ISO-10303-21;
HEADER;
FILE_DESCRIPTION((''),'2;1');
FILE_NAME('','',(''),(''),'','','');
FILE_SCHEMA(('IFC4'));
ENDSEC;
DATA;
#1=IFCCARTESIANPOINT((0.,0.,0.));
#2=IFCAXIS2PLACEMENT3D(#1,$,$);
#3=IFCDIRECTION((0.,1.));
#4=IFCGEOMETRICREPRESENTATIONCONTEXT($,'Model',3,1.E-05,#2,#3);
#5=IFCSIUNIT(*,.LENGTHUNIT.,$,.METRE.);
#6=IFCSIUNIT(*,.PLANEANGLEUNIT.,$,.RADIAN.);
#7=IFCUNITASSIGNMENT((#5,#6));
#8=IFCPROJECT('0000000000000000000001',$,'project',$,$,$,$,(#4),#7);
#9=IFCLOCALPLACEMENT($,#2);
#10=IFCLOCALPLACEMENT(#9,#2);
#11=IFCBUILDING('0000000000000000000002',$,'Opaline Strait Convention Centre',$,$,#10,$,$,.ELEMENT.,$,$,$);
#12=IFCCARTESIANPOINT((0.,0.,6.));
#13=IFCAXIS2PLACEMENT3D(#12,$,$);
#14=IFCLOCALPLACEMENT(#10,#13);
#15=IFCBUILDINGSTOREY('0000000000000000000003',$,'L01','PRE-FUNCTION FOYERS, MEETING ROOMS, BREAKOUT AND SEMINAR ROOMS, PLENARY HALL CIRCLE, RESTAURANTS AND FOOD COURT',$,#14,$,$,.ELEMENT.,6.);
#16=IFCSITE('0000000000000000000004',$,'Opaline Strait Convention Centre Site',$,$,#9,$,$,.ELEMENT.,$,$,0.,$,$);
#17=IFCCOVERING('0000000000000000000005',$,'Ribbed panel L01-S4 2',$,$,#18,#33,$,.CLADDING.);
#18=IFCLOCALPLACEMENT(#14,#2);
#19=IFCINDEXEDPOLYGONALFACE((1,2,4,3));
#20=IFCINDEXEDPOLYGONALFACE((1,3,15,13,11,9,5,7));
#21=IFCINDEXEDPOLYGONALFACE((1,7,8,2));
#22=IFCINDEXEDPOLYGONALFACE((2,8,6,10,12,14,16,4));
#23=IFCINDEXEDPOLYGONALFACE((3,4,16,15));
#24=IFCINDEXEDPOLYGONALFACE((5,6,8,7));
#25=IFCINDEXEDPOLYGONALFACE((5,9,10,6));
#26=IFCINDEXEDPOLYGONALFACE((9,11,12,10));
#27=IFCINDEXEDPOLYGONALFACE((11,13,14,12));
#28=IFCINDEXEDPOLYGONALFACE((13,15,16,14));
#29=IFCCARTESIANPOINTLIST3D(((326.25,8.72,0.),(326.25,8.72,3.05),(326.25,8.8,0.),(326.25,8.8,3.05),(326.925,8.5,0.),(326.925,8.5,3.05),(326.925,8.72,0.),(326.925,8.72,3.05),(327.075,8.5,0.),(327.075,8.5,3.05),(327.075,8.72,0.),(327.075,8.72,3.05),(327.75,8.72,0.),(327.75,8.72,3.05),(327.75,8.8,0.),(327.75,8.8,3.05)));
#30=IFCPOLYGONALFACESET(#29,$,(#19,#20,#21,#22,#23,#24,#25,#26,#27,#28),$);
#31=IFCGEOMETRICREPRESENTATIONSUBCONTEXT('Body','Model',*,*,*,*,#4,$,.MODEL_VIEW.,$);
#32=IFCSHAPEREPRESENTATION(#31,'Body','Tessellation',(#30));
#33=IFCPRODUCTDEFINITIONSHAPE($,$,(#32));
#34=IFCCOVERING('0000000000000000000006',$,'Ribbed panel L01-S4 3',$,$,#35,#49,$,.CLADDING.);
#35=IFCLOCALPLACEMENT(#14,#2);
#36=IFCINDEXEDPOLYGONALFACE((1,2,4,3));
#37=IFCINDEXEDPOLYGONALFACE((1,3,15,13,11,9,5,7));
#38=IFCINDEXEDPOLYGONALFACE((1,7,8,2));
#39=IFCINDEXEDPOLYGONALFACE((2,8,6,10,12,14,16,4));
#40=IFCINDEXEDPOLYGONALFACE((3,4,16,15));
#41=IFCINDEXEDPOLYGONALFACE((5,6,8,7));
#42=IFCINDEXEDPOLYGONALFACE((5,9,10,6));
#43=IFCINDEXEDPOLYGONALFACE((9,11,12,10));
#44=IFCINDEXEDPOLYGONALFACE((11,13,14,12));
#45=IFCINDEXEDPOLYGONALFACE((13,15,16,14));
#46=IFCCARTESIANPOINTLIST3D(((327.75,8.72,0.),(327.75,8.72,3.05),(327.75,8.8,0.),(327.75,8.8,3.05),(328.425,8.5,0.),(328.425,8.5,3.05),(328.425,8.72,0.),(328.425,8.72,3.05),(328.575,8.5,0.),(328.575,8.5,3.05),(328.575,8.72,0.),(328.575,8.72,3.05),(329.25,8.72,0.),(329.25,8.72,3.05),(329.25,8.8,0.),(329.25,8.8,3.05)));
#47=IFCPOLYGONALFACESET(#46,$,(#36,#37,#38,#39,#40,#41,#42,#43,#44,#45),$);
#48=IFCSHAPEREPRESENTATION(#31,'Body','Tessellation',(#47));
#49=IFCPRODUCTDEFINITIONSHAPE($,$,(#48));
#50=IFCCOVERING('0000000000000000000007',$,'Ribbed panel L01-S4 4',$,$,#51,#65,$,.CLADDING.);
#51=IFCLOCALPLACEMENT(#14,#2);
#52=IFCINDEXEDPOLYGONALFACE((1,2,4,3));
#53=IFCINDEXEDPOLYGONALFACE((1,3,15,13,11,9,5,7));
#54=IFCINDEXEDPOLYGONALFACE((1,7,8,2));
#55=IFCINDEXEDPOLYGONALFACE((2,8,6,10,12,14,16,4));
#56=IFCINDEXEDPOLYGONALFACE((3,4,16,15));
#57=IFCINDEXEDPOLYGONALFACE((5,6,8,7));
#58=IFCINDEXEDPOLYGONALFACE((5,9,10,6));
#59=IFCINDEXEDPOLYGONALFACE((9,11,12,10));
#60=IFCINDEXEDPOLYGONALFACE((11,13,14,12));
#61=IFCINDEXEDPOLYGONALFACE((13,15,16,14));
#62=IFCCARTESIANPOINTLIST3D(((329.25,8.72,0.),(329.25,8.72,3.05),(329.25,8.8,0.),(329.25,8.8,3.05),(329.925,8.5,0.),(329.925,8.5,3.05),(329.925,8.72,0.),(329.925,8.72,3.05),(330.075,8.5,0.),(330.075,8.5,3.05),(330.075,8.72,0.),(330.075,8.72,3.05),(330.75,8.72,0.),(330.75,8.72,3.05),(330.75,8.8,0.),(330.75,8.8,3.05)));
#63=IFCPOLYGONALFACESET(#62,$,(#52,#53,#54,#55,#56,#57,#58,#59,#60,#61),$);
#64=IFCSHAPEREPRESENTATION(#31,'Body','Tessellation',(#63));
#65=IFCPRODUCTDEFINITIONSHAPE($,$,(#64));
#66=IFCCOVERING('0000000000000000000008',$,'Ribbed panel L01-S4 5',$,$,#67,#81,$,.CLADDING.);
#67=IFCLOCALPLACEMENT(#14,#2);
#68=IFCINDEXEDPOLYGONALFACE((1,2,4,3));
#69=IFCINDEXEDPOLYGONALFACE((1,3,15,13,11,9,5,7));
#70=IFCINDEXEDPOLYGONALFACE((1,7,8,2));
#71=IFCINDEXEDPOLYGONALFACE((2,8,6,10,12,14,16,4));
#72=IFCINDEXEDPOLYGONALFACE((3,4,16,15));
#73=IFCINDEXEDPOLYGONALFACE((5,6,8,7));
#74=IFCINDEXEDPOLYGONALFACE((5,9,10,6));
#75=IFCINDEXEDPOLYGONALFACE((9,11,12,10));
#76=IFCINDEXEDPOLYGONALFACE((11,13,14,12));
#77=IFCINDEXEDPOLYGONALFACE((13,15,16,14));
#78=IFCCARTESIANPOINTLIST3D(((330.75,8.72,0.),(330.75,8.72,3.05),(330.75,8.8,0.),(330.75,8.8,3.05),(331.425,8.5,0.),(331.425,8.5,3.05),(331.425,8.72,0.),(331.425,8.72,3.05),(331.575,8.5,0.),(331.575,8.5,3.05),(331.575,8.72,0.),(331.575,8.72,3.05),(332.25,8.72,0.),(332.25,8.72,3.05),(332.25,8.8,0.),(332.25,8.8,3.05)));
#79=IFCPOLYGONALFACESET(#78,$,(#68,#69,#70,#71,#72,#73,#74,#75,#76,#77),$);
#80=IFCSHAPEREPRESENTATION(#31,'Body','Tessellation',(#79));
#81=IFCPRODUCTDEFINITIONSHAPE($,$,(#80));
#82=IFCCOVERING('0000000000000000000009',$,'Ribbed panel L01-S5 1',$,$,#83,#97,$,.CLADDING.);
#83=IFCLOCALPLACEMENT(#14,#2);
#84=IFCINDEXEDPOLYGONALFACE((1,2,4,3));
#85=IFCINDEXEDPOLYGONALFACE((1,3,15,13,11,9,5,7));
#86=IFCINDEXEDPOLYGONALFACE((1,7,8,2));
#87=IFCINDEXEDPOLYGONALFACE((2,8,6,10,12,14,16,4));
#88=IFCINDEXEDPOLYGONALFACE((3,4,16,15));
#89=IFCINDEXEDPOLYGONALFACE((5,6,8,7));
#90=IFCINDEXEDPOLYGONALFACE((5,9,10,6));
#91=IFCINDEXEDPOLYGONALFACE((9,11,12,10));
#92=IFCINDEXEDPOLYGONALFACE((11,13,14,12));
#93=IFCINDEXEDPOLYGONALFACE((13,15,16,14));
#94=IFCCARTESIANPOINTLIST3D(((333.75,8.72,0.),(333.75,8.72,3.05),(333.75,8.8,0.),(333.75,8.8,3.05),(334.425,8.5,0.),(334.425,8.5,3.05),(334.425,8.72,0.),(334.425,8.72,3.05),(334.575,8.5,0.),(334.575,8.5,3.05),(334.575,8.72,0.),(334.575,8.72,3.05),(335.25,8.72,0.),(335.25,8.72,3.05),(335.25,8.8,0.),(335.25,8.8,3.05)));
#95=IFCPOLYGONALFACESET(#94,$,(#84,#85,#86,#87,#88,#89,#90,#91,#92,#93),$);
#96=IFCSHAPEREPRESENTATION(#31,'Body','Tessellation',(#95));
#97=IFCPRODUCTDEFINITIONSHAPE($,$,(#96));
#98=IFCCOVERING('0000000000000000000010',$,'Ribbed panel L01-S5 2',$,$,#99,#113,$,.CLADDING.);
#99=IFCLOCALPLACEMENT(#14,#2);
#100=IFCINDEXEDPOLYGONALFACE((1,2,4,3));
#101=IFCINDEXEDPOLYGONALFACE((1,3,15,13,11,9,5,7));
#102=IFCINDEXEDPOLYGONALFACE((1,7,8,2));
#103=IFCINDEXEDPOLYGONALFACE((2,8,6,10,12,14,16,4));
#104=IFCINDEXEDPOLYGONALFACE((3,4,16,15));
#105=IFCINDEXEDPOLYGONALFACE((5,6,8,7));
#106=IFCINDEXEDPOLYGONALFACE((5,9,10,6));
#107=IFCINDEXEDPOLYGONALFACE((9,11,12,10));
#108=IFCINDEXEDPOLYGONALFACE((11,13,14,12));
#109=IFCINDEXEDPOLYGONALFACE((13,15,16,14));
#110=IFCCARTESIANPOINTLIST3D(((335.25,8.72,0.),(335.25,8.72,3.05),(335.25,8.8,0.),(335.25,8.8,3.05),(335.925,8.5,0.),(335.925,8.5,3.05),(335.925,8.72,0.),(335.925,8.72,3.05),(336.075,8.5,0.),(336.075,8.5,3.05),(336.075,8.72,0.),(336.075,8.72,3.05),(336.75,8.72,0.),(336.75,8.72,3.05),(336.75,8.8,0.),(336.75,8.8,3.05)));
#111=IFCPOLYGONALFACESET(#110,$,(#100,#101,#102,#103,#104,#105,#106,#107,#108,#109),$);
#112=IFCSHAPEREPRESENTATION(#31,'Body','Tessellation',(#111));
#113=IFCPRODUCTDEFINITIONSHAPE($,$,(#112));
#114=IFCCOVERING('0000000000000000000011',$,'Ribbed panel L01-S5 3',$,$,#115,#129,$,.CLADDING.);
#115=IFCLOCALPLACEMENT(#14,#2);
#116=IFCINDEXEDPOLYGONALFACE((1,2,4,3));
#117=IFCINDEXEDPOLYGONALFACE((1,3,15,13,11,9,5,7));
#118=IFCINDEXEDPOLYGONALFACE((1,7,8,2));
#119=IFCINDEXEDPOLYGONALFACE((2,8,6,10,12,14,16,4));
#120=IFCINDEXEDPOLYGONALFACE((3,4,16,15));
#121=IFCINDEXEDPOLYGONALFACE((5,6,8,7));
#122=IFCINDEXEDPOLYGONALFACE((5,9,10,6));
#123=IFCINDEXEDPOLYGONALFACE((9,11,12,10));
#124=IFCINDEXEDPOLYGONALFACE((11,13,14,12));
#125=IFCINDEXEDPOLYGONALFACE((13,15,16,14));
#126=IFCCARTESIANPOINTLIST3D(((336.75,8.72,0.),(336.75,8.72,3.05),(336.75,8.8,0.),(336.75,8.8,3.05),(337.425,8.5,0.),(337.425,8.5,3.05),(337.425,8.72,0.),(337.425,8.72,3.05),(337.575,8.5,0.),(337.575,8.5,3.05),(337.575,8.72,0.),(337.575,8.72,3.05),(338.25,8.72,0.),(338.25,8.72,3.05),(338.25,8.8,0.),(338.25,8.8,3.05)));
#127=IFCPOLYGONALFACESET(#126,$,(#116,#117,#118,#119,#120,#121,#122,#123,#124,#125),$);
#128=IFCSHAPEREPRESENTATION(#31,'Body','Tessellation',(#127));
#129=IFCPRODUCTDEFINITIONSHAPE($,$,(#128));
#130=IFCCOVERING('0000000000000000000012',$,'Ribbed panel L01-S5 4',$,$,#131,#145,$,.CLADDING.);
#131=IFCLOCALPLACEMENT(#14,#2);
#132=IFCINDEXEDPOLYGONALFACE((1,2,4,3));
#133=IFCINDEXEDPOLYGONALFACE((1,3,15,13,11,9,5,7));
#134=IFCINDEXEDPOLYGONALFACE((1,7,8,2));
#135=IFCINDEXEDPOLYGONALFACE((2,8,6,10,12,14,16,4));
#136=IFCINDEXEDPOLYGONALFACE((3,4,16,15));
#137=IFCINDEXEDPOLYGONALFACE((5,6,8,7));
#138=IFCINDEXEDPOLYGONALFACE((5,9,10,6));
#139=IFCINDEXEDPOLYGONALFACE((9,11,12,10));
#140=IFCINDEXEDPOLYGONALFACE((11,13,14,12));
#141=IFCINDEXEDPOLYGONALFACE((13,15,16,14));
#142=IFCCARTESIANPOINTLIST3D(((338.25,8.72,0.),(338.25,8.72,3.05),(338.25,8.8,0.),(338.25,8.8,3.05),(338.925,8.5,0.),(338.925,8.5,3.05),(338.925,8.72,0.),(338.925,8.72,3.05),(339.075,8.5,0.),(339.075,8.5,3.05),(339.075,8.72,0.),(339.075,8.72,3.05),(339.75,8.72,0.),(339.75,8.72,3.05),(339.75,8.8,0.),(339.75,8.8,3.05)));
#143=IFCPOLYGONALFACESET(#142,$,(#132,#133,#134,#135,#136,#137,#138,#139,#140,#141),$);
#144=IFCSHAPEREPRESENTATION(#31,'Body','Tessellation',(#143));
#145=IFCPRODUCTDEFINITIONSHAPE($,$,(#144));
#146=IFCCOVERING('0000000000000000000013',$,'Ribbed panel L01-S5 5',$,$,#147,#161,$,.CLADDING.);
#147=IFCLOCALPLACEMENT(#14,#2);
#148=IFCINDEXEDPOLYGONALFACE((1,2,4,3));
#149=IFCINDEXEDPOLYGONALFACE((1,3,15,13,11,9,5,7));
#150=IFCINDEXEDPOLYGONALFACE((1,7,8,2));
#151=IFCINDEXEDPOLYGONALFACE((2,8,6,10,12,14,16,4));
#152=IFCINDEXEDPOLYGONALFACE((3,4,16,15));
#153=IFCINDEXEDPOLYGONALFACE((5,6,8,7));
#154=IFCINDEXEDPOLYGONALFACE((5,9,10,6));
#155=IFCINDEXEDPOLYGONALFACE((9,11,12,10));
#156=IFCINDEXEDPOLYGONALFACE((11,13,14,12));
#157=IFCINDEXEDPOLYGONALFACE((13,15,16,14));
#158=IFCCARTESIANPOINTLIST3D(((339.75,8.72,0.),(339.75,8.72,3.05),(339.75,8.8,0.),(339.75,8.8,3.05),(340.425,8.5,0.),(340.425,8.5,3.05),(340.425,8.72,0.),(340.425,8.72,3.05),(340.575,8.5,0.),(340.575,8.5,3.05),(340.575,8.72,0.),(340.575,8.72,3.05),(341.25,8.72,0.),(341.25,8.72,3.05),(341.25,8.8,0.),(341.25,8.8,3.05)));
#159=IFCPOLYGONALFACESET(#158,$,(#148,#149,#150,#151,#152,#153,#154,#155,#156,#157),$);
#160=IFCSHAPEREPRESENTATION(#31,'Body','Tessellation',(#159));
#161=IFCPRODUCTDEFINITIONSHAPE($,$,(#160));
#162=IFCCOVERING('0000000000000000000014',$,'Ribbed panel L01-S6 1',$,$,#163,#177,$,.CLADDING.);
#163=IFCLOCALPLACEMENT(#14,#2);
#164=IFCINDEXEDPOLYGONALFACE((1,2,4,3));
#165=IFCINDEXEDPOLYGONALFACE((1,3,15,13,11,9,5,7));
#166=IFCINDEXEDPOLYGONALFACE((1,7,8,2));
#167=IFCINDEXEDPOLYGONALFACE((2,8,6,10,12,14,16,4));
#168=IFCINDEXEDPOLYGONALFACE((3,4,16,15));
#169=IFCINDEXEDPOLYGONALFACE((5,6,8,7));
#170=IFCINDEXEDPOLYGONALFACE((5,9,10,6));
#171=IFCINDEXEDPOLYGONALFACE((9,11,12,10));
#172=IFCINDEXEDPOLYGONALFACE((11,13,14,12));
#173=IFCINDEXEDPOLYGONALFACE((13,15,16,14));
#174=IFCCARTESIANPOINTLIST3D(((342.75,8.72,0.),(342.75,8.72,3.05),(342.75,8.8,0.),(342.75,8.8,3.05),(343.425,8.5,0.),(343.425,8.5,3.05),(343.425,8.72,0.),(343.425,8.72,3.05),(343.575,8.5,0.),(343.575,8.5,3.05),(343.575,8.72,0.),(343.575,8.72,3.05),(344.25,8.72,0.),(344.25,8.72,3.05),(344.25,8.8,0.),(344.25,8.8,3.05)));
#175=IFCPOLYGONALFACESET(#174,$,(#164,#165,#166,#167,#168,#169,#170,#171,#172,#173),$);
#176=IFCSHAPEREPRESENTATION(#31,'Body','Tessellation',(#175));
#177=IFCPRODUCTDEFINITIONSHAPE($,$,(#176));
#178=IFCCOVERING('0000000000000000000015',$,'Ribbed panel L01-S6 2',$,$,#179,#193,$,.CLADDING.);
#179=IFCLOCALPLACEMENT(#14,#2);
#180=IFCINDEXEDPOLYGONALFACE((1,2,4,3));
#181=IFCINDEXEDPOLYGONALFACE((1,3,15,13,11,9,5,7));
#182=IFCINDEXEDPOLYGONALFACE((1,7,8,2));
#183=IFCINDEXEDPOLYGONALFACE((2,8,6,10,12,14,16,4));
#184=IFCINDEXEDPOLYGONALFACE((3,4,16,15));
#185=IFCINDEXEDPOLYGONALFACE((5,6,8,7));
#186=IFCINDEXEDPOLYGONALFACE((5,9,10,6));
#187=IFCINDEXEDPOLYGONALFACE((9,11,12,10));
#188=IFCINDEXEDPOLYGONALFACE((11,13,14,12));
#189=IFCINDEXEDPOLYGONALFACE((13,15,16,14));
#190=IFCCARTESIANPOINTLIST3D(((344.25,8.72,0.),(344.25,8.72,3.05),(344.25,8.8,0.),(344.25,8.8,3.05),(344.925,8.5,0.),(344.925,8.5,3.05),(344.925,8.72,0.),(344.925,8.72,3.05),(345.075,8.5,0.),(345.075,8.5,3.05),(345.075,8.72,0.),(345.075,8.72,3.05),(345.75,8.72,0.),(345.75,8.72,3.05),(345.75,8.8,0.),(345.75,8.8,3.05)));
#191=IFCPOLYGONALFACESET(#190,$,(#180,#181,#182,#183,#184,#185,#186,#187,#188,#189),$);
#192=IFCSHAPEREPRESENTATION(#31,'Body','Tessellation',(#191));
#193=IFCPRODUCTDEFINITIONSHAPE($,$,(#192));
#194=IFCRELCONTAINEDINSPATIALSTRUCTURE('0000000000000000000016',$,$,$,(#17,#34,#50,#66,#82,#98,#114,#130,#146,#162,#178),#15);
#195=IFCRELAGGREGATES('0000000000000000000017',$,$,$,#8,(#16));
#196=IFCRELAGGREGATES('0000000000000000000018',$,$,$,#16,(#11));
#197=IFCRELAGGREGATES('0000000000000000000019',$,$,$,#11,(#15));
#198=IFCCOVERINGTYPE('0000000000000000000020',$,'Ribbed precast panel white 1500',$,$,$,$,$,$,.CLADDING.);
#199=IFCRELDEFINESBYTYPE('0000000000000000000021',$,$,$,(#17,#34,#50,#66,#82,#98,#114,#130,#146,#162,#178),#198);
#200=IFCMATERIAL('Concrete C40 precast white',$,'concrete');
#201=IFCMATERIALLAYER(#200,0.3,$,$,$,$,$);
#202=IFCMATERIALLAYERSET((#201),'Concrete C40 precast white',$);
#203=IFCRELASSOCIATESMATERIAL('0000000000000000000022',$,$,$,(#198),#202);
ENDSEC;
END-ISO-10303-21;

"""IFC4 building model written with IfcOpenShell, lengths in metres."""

from ifc_helpers import new_model, si_unit, direction, frame, origin, place, context, subcontext, project, spatial, polyline, outline, extrude, material, layer, layer_set, type_object, element, save


model = new_model("IFC4")

# Units and contexts
model_context = context("Model", 3, precision=1e-05, world=origin(), true_north=direction((0.0, 1.0)))
body_context = subcontext(model_context, "Body", "Model", "MODEL_VIEW")
ifc_project = project(units=[si_unit("LENGTHUNIT", "METRE"), si_unit("PLANEANGLEUNIT", "RADIAN")], contexts=[model_context])

# Site, building, storey
site_placement = place(None, origin())
site = spatial("IfcSite", under=ifc_project, at=site_placement, Name="Opaline Strait Convention Centre Site", CompositionType="ELEMENT", RefElevation=0.0)
building_placement = place(site_placement, origin())
building = spatial("IfcBuilding", under=site, at=building_placement, Name="Opaline Strait Convention Centre", CompositionType="ELEMENT")
storey_placement = place(building_placement, frame((0.0, 0.0, 6.0)))
storey = spatial("IfcBuildingStorey", under=building, at=storey_placement, Name="L01", Description="PRE-FUNCTION FOYERS, MEETING ROOMS, BREAKOUT AND SEMINAR ROOMS, PLENARY HALL CIRCLE, RESTAURANTS AND FOOD COURT", CompositionType="ELEMENT", Elevation=6.0)

# Coverings
ifc_material = material(Name="Concrete C40 precast white", Category="concrete")
ifc_layer = layer(ifc_material, 0.3)
ifc_layer_set = layer_set([ifc_layer], Name="Concrete C40 precast white")
covering_type = type_object("IfcCoveringType", Name="Ribbed precast panel white 1500", PredefinedType="CLADDING", material=ifc_layer_set)
covering_1_placement = place(storey_placement, origin())
element("IfcCovering", 1, at=covering_1_placement, inside=storey, type_object=covering_type, Name="Ribbed panel L01-S4 2", PredefinedType="CLADDING", context=body_context, shape_type="SweptSolid", body=[
    extrude(outline(polyline([(326.25, 8.8), (327.75, 8.8), (327.75, 8.72), (327.075, 8.72), (327.075, 8.5), (326.925, 8.5), (326.925, 8.72), (326.25, 8.72), (326.25, 8.8)])), origin(), (0.0, 0.0, 1.0), 3.05),
])
covering_2_placement = place(storey_placement, origin())
element("IfcCovering", 2, at=covering_2_placement, inside=storey, type_object=covering_type, Name="Ribbed panel L01-S4 3", PredefinedType="CLADDING", context=body_context, shape_type="SweptSolid", body=[
    extrude(outline(polyline([(327.75, 8.8), (329.25, 8.8), (329.25, 8.72), (328.575, 8.72), (328.575, 8.5), (328.425, 8.5), (328.425, 8.72), (327.75, 8.72), (327.75, 8.8)])), origin(), (0.0, 0.0, 1.0), 3.05),
])
covering_3_placement = place(storey_placement, origin())
element("IfcCovering", 3, at=covering_3_placement, inside=storey, type_object=covering_type, Name="Ribbed panel L01-S4 4", PredefinedType="CLADDING", context=body_context, shape_type="SweptSolid", body=[
    extrude(outline(polyline([(329.25, 8.8), (330.75, 8.8), (330.75, 8.72), (330.075, 8.72), (330.075, 8.5), (329.925, 8.5), (329.925, 8.72), (329.25, 8.72), (329.25, 8.8)])), origin(), (0.0, 0.0, 1.0), 3.05),
])
covering_4_placement = place(storey_placement, origin())
element("IfcCovering", 4, at=covering_4_placement, inside=storey, type_object=covering_type, Name="Ribbed panel L01-S4 5", PredefinedType="CLADDING", context=body_context, shape_type="SweptSolid", body=[
    extrude(outline(polyline([(330.75, 8.8), (332.25, 8.8), (332.25, 8.72), (331.575, 8.72), (331.575, 8.5), (331.425, 8.5), (331.425, 8.72), (330.75, 8.72), (330.75, 8.8)])), origin(), (0.0, 0.0, 1.0), 3.05),
])
covering_5_placement = place(storey_placement, origin())
element("IfcCovering", 5, at=covering_5_placement, inside=storey, type_object=covering_type, Name="Ribbed panel L01-S5 1", PredefinedType="CLADDING", context=body_context, shape_type="SweptSolid", body=[
    extrude(outline(polyline([(333.75, 8.8), (335.25, 8.8), (335.25, 8.72), (334.575, 8.72), (334.575, 8.5), (334.425, 8.5), (334.425, 8.72), (333.75, 8.72), (333.75, 8.8)])), origin(), (0.0, 0.0, 1.0), 3.05),
])
covering_6_placement = place(storey_placement, origin())
element("IfcCovering", 6, at=covering_6_placement, inside=storey, type_object=covering_type, Name="Ribbed panel L01-S5 2", PredefinedType="CLADDING", context=body_context, shape_type="SweptSolid", body=[
    extrude(outline(polyline([(335.25, 8.8), (336.75, 8.8), (336.75, 8.72), (336.075, 8.72), (336.075, 8.5), (335.925, 8.5), (335.925, 8.72), (335.25, 8.72), (335.25, 8.8)])), origin(), (0.0, 0.0, 1.0), 3.05),
])
covering_7_placement = place(storey_placement, origin())
element("IfcCovering", 7, at=covering_7_placement, inside=storey, type_object=covering_type, Name="Ribbed panel L01-S5 3", PredefinedType="CLADDING", context=body_context, shape_type="SweptSolid", body=[
    extrude(outline(polyline([(336.75, 8.8), (338.25, 8.8), (338.25, 8.72), (337.575, 8.72), (337.575, 8.5), (337.425, 8.5), (337.425, 8.72), (336.75, 8.72), (336.75, 8.8)])), origin(), (0.0, 0.0, 1.0), 3.05),
])
covering_8_placement = place(storey_placement, origin())
element("IfcCovering", 8, at=covering_8_placement, inside=storey, type_object=covering_type, Name="Ribbed panel L01-S5 4", PredefinedType="CLADDING", context=body_context, shape_type="SweptSolid", body=[
    extrude(outline(polyline([(338.25, 8.8), (339.75, 8.8), (339.75, 8.72), (339.075, 8.72), (339.075, 8.5), (338.925, 8.5), (338.925, 8.72), (338.25, 8.72), (338.25, 8.8)])), origin(), (0.0, 0.0, 1.0), 3.05),
])
covering_9_placement = place(storey_placement, origin())
element("IfcCovering", 9, at=covering_9_placement, inside=storey, type_object=covering_type, Name="Ribbed panel L01-S5 5", PredefinedType="CLADDING", context=body_context, shape_type="SweptSolid", body=[
    extrude(outline(polyline([(339.75, 8.8), (341.25, 8.8), (341.25, 8.72), (340.575, 8.72), (340.575, 8.5), (340.425, 8.5), (340.425, 8.72), (339.75, 8.72), (339.75, 8.8)])), origin(), (0.0, 0.0, 1.0), 3.05),
])
covering_10_placement = place(storey_placement, origin())
element("IfcCovering", 10, at=covering_10_placement, inside=storey, type_object=covering_type, Name="Ribbed panel L01-S6 1", PredefinedType="CLADDING", context=body_context, shape_type="SweptSolid", body=[
    extrude(outline(polyline([(342.75, 8.8), (344.25, 8.8), (344.25, 8.72), (343.575, 8.72), (343.575, 8.5), (343.425, 8.5), (343.425, 8.72), (342.75, 8.72), (342.75, 8.8)])), origin(), (0.0, 0.0, 1.0), 3.05),
])
covering_11_placement = place(storey_placement, origin())
element("IfcCovering", 11, at=covering_11_placement, inside=storey, type_object=covering_type, Name="Ribbed panel L01-S6 2", PredefinedType="CLADDING", context=body_context, shape_type="SweptSolid", body=[
    extrude(outline(polyline([(344.25, 8.8), (345.75, 8.8), (345.75, 8.72), (345.075, 8.72), (345.075, 8.5), (344.925, 8.5), (344.925, 8.72), (344.25, 8.72), (344.25, 8.8)])), origin(), (0.0, 0.0, 1.0), 3.05),
])

save(model, "model.ifc")
